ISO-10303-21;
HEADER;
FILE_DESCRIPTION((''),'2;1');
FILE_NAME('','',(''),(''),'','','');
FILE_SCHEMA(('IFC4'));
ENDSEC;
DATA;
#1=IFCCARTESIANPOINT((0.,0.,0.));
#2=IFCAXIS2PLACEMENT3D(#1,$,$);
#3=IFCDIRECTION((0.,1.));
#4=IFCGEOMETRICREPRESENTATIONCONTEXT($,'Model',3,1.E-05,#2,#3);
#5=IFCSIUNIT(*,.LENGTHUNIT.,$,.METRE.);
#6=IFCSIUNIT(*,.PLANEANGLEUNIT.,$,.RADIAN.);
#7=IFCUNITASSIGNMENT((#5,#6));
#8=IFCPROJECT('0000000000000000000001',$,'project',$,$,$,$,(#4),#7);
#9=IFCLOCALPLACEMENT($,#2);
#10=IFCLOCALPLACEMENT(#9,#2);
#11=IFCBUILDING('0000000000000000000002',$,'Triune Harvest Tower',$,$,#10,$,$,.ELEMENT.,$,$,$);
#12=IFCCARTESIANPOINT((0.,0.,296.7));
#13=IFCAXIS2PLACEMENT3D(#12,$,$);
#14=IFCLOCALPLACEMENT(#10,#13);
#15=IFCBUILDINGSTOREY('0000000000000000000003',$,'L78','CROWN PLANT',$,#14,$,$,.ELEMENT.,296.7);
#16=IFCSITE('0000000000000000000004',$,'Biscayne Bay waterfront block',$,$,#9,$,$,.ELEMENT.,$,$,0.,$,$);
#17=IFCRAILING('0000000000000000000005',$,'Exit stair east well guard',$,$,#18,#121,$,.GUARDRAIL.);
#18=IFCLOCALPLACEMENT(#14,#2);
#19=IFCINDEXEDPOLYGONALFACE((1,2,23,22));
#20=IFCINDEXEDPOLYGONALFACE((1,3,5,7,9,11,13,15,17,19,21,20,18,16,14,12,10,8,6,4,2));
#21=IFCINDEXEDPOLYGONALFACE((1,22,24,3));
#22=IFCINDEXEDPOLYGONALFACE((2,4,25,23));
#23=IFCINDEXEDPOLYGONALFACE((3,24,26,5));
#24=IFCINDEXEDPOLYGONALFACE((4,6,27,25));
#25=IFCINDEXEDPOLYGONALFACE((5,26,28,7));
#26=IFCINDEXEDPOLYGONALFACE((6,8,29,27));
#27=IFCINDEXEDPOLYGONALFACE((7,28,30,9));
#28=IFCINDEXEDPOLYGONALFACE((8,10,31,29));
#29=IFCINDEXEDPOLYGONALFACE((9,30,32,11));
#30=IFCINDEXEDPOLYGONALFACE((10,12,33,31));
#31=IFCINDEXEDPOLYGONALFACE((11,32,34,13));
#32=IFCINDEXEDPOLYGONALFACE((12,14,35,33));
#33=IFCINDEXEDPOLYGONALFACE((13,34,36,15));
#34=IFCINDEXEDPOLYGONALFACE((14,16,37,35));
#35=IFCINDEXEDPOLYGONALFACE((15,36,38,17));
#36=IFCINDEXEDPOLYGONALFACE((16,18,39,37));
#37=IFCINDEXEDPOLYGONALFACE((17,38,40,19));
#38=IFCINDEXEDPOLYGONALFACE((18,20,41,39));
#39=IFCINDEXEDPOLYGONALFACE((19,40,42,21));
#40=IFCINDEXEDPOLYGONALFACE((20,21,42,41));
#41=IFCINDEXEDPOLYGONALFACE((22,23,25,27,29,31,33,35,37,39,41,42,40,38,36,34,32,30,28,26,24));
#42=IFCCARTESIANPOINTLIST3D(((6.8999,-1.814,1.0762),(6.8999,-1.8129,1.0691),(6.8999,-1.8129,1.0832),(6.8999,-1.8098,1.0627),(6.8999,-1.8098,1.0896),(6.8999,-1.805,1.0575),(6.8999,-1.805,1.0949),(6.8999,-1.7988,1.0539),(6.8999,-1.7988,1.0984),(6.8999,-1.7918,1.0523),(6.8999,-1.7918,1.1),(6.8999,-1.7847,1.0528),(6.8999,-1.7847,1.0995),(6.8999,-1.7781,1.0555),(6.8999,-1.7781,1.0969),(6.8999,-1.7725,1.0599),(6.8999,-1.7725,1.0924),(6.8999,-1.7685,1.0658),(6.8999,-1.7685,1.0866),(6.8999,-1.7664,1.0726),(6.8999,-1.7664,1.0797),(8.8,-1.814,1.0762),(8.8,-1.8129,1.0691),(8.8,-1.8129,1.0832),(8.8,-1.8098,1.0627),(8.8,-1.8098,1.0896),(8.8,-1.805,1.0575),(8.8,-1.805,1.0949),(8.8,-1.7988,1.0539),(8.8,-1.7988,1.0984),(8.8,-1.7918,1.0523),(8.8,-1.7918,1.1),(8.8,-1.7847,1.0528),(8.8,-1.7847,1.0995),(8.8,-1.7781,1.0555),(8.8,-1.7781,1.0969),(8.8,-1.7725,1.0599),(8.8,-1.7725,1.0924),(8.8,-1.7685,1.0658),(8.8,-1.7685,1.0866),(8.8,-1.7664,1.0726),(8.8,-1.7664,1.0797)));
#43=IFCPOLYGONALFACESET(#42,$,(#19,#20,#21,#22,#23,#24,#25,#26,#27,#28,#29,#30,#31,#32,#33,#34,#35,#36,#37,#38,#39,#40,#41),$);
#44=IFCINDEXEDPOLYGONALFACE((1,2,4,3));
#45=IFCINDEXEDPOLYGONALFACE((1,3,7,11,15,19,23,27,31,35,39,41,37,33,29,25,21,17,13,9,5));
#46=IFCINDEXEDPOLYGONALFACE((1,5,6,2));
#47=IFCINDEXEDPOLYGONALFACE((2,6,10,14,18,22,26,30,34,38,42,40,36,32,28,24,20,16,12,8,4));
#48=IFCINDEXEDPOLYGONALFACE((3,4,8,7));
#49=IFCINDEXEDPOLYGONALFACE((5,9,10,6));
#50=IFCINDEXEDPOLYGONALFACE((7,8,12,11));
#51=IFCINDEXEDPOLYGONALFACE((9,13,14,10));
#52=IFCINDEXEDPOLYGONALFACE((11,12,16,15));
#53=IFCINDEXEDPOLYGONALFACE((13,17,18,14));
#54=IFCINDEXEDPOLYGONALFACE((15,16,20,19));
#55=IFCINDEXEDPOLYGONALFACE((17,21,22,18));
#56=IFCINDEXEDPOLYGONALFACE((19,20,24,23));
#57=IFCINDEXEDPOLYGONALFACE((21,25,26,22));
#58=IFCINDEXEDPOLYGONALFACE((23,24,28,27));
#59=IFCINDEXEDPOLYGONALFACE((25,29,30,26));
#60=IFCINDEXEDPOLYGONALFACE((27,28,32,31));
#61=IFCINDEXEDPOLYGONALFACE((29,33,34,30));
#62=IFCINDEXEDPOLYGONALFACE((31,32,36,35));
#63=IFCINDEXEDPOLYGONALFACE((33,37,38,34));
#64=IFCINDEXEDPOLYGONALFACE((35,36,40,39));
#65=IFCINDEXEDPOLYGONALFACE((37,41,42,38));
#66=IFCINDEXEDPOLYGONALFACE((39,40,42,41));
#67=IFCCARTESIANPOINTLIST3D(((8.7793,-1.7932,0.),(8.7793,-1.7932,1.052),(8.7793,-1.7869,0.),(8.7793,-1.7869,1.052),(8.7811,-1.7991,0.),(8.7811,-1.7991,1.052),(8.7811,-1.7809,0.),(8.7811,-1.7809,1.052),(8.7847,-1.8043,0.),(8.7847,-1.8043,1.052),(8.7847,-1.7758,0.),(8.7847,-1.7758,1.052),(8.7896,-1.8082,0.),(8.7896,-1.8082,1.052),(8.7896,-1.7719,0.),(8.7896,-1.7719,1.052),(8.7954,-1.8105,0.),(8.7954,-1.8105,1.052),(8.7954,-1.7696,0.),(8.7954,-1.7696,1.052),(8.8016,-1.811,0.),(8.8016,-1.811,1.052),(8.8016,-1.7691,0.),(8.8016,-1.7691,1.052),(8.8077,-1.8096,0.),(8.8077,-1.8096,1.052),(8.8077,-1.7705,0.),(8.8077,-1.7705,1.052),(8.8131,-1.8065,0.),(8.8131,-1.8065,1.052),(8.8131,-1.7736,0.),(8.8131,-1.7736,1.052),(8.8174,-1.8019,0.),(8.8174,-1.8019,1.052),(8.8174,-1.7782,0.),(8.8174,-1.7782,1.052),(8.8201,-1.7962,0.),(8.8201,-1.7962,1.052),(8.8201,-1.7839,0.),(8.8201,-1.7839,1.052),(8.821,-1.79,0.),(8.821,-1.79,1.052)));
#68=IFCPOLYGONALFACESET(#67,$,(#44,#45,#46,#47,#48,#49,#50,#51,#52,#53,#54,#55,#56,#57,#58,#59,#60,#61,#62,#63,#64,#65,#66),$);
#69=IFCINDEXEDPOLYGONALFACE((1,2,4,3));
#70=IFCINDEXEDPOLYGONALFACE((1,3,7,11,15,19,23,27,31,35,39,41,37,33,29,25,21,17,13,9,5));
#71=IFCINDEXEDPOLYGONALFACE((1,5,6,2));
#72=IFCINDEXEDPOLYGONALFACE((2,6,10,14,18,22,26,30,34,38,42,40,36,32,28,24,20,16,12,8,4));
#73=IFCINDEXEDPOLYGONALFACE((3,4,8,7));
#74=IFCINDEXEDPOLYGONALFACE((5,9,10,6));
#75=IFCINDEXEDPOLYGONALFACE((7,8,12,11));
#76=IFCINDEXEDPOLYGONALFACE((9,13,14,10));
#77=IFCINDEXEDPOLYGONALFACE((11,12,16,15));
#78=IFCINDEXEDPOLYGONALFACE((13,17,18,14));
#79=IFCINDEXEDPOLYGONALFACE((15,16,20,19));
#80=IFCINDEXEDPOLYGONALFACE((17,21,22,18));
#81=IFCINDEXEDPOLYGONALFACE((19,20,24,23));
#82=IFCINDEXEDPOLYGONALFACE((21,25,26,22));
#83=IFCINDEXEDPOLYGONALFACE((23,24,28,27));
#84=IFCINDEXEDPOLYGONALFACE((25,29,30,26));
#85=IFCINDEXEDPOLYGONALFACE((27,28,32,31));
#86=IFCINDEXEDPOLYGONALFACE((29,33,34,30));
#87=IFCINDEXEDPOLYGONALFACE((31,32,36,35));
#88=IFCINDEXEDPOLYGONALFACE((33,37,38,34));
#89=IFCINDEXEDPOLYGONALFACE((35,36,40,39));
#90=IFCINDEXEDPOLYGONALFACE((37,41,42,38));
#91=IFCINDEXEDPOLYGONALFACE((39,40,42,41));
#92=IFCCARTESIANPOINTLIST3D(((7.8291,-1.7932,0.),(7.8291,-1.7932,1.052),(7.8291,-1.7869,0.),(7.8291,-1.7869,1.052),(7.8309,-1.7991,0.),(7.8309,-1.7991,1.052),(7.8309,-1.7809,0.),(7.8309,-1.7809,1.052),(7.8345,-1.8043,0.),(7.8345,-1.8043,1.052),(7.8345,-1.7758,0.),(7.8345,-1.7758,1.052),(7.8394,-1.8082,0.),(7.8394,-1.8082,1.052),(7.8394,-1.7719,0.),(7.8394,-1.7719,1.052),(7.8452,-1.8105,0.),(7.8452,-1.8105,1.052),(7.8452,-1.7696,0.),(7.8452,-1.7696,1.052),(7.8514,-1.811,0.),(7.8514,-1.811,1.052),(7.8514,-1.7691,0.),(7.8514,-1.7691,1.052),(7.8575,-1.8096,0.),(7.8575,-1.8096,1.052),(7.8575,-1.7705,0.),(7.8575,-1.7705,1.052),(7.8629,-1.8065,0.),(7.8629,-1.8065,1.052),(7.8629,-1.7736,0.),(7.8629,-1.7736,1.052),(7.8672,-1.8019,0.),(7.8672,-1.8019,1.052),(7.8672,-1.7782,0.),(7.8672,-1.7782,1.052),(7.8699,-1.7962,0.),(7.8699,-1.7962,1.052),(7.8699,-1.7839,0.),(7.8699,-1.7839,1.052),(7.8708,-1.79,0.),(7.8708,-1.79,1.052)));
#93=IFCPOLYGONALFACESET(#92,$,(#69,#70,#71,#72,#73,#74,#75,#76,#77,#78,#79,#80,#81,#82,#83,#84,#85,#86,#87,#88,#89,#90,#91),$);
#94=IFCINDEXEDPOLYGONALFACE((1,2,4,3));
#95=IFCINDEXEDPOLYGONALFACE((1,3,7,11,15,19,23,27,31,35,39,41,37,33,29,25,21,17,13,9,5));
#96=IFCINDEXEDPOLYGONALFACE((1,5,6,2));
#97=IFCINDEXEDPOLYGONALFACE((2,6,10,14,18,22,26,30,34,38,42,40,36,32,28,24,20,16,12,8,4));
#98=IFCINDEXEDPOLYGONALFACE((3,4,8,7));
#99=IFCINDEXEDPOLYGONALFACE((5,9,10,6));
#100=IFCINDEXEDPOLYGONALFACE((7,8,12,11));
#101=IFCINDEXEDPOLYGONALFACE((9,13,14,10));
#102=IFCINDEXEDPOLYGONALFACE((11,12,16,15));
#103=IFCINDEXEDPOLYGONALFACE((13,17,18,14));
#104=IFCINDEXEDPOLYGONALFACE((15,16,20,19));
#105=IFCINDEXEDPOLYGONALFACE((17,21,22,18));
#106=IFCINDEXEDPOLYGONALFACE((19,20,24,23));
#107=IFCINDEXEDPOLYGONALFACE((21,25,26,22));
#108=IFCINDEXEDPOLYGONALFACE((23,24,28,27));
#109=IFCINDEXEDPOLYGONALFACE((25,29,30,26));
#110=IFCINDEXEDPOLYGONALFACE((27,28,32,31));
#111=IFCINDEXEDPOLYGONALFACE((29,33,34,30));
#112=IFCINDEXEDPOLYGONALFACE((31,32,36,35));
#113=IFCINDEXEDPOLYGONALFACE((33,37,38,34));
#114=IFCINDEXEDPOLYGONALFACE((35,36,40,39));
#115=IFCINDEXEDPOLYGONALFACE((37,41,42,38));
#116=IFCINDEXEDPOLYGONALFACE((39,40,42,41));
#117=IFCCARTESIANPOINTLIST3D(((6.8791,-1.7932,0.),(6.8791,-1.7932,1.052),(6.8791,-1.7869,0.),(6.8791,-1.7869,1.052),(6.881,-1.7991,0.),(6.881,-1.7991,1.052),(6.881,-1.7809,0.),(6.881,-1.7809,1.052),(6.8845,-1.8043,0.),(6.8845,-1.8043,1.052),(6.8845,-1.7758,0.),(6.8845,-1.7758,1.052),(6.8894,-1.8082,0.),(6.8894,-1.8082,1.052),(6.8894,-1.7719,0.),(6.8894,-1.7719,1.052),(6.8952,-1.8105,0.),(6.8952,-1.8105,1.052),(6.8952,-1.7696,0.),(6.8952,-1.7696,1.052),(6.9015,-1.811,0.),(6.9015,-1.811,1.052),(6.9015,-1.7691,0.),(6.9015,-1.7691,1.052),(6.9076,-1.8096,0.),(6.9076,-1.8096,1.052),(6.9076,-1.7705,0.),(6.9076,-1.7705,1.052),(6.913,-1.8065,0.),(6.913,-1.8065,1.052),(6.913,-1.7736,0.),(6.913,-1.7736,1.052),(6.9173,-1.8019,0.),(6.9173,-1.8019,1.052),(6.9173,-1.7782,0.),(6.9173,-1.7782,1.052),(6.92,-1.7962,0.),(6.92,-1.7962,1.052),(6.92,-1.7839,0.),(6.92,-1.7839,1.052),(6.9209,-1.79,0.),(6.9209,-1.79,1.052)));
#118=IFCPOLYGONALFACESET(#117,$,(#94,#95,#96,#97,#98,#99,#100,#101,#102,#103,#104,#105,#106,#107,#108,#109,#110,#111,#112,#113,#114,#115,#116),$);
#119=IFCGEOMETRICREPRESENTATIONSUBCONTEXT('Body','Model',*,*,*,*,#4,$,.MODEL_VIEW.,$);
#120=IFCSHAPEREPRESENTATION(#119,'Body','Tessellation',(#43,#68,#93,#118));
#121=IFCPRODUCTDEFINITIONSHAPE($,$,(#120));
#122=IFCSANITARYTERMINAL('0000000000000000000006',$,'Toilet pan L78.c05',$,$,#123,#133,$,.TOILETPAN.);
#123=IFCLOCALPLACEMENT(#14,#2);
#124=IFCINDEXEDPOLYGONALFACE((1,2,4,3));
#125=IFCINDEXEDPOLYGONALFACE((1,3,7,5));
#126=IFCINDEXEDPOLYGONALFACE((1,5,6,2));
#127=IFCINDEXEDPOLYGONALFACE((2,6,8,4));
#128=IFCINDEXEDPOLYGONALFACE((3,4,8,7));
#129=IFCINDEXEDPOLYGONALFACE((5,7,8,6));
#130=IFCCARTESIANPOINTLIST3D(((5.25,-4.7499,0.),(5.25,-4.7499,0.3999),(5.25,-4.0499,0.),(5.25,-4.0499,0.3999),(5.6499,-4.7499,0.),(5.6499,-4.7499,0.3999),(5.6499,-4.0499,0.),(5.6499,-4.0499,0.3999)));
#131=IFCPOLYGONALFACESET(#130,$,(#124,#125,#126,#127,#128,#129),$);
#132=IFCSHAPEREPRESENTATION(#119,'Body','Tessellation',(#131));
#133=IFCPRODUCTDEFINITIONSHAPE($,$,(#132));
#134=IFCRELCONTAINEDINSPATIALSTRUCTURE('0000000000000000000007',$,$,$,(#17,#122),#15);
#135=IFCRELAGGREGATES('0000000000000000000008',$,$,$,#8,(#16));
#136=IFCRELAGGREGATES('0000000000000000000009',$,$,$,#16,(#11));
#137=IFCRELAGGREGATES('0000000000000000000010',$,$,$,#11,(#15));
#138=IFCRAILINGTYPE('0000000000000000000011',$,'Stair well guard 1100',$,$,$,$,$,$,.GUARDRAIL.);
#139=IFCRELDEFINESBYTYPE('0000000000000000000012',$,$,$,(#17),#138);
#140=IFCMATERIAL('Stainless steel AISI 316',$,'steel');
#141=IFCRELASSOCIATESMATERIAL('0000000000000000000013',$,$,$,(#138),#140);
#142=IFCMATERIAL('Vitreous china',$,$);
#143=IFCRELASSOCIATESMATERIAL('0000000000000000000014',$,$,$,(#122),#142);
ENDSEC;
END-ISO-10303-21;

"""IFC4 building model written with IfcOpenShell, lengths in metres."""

from ifc_helpers import new_model, si_unit, direction, frame, origin, origin_2d, place, context, subcontext, project, spatial, rectangle, circle, extrude, source, transform, mapped, material, type_object, element, save


model = new_model("IFC4")

# Units and contexts
model_context = context("Model", 3, precision=1e-05, world=origin(), true_north=direction((0.0, 1.0)))
body_context = subcontext(model_context, "Body", "Model", "MODEL_VIEW")
ifc_project = project(units=[si_unit("LENGTHUNIT", "METRE"), si_unit("PLANEANGLEUNIT", "RADIAN")], contexts=[model_context])

# Site, building, storey
site_placement = place(None, origin())
site = spatial("IfcSite", under=ifc_project, at=site_placement, Name="Biscayne Bay waterfront block", CompositionType="ELEMENT", RefElevation=0.0)
building_placement = place(site_placement, origin())
building = spatial("IfcBuilding", under=site, at=building_placement, Name="Triune Harvest Tower", CompositionType="ELEMENT")
storey_placement = place(building_placement, frame((0.0, 0.0, 296.7)))
storey = spatial("IfcBuildingStorey", under=building, at=storey_placement, Name="L78", Description="CROWN PLANT", CompositionType="ELEMENT", Elevation=296.7)

# Railing
ifc_material_1 = material(Name="Stainless steel AISI 316", Category="steel")
railing_type_1 = type_object("IfcRailingType", Name="Stair well guard 1100", PredefinedType="GUARDRAIL", material=ifc_material_1)
railing_1_placement = place(storey_placement, frame((8.8, -1.79, 0.0)))
element("IfcRailing", 1, at=railing_1_placement, inside=storey, type_object=railing_type_1, Name="Exit stair east well guard", PredefinedType="GUARDRAIL", context=body_context, shape_type="SweptSolid", body=[
    extrude(circle(Radius=0.0239, at=origin_2d()), frame((0.0, 0.0, 1.0762), z_axis=(-1.0, 0.0, 0.0), x_axis=(0.0, -1.0, 0.0)), (0.0, 0.0, 1.0), 1.9001),
    extrude(circle(Radius=0.021, at=origin_2d()), origin(), (0.0, 0.0, 1.0), 1.052),
    extrude(circle(Radius=0.021, at=origin_2d()), frame((-0.9502, 0.0, 0.0)), (0.0, 0.0, 1.0), 1.052),
    extrude(circle(Radius=0.021, at=origin_2d()), frame((-1.9001, 0.0, 0.0)), (0.0, 0.0, 1.0), 1.052),
])

# Sanitary terminal
ifc_material_2 = material(Name="Vitreous china")
shared_shape_1 = source(origin(), body_context, "Body", "SweptSolid", [
    extrude(rectangle(XDim=0.3999, YDim=0.7, at=origin_2d()), origin(), (0.0, 0.0, 1.0), 0.3999),
])
sanitary_terminal_placement = place(storey_placement, frame((5.45, -4.3999, 0.0), z_axis=(0.0, 0.0, 1.0), x_axis=(1.0, 0.0, 0.0)))
element("IfcSanitaryTerminal", 2, at=sanitary_terminal_placement, inside=storey, material=ifc_material_2, Name="Toilet pan L78.c05", PredefinedType="TOILETPAN", context=body_context, shape_type="MappedRepresentation", body=[
    mapped(shared_shape_1, transform((0.0, 0.0, 0.0), scale=1.0)),
])

save(model, "model.ifc")
